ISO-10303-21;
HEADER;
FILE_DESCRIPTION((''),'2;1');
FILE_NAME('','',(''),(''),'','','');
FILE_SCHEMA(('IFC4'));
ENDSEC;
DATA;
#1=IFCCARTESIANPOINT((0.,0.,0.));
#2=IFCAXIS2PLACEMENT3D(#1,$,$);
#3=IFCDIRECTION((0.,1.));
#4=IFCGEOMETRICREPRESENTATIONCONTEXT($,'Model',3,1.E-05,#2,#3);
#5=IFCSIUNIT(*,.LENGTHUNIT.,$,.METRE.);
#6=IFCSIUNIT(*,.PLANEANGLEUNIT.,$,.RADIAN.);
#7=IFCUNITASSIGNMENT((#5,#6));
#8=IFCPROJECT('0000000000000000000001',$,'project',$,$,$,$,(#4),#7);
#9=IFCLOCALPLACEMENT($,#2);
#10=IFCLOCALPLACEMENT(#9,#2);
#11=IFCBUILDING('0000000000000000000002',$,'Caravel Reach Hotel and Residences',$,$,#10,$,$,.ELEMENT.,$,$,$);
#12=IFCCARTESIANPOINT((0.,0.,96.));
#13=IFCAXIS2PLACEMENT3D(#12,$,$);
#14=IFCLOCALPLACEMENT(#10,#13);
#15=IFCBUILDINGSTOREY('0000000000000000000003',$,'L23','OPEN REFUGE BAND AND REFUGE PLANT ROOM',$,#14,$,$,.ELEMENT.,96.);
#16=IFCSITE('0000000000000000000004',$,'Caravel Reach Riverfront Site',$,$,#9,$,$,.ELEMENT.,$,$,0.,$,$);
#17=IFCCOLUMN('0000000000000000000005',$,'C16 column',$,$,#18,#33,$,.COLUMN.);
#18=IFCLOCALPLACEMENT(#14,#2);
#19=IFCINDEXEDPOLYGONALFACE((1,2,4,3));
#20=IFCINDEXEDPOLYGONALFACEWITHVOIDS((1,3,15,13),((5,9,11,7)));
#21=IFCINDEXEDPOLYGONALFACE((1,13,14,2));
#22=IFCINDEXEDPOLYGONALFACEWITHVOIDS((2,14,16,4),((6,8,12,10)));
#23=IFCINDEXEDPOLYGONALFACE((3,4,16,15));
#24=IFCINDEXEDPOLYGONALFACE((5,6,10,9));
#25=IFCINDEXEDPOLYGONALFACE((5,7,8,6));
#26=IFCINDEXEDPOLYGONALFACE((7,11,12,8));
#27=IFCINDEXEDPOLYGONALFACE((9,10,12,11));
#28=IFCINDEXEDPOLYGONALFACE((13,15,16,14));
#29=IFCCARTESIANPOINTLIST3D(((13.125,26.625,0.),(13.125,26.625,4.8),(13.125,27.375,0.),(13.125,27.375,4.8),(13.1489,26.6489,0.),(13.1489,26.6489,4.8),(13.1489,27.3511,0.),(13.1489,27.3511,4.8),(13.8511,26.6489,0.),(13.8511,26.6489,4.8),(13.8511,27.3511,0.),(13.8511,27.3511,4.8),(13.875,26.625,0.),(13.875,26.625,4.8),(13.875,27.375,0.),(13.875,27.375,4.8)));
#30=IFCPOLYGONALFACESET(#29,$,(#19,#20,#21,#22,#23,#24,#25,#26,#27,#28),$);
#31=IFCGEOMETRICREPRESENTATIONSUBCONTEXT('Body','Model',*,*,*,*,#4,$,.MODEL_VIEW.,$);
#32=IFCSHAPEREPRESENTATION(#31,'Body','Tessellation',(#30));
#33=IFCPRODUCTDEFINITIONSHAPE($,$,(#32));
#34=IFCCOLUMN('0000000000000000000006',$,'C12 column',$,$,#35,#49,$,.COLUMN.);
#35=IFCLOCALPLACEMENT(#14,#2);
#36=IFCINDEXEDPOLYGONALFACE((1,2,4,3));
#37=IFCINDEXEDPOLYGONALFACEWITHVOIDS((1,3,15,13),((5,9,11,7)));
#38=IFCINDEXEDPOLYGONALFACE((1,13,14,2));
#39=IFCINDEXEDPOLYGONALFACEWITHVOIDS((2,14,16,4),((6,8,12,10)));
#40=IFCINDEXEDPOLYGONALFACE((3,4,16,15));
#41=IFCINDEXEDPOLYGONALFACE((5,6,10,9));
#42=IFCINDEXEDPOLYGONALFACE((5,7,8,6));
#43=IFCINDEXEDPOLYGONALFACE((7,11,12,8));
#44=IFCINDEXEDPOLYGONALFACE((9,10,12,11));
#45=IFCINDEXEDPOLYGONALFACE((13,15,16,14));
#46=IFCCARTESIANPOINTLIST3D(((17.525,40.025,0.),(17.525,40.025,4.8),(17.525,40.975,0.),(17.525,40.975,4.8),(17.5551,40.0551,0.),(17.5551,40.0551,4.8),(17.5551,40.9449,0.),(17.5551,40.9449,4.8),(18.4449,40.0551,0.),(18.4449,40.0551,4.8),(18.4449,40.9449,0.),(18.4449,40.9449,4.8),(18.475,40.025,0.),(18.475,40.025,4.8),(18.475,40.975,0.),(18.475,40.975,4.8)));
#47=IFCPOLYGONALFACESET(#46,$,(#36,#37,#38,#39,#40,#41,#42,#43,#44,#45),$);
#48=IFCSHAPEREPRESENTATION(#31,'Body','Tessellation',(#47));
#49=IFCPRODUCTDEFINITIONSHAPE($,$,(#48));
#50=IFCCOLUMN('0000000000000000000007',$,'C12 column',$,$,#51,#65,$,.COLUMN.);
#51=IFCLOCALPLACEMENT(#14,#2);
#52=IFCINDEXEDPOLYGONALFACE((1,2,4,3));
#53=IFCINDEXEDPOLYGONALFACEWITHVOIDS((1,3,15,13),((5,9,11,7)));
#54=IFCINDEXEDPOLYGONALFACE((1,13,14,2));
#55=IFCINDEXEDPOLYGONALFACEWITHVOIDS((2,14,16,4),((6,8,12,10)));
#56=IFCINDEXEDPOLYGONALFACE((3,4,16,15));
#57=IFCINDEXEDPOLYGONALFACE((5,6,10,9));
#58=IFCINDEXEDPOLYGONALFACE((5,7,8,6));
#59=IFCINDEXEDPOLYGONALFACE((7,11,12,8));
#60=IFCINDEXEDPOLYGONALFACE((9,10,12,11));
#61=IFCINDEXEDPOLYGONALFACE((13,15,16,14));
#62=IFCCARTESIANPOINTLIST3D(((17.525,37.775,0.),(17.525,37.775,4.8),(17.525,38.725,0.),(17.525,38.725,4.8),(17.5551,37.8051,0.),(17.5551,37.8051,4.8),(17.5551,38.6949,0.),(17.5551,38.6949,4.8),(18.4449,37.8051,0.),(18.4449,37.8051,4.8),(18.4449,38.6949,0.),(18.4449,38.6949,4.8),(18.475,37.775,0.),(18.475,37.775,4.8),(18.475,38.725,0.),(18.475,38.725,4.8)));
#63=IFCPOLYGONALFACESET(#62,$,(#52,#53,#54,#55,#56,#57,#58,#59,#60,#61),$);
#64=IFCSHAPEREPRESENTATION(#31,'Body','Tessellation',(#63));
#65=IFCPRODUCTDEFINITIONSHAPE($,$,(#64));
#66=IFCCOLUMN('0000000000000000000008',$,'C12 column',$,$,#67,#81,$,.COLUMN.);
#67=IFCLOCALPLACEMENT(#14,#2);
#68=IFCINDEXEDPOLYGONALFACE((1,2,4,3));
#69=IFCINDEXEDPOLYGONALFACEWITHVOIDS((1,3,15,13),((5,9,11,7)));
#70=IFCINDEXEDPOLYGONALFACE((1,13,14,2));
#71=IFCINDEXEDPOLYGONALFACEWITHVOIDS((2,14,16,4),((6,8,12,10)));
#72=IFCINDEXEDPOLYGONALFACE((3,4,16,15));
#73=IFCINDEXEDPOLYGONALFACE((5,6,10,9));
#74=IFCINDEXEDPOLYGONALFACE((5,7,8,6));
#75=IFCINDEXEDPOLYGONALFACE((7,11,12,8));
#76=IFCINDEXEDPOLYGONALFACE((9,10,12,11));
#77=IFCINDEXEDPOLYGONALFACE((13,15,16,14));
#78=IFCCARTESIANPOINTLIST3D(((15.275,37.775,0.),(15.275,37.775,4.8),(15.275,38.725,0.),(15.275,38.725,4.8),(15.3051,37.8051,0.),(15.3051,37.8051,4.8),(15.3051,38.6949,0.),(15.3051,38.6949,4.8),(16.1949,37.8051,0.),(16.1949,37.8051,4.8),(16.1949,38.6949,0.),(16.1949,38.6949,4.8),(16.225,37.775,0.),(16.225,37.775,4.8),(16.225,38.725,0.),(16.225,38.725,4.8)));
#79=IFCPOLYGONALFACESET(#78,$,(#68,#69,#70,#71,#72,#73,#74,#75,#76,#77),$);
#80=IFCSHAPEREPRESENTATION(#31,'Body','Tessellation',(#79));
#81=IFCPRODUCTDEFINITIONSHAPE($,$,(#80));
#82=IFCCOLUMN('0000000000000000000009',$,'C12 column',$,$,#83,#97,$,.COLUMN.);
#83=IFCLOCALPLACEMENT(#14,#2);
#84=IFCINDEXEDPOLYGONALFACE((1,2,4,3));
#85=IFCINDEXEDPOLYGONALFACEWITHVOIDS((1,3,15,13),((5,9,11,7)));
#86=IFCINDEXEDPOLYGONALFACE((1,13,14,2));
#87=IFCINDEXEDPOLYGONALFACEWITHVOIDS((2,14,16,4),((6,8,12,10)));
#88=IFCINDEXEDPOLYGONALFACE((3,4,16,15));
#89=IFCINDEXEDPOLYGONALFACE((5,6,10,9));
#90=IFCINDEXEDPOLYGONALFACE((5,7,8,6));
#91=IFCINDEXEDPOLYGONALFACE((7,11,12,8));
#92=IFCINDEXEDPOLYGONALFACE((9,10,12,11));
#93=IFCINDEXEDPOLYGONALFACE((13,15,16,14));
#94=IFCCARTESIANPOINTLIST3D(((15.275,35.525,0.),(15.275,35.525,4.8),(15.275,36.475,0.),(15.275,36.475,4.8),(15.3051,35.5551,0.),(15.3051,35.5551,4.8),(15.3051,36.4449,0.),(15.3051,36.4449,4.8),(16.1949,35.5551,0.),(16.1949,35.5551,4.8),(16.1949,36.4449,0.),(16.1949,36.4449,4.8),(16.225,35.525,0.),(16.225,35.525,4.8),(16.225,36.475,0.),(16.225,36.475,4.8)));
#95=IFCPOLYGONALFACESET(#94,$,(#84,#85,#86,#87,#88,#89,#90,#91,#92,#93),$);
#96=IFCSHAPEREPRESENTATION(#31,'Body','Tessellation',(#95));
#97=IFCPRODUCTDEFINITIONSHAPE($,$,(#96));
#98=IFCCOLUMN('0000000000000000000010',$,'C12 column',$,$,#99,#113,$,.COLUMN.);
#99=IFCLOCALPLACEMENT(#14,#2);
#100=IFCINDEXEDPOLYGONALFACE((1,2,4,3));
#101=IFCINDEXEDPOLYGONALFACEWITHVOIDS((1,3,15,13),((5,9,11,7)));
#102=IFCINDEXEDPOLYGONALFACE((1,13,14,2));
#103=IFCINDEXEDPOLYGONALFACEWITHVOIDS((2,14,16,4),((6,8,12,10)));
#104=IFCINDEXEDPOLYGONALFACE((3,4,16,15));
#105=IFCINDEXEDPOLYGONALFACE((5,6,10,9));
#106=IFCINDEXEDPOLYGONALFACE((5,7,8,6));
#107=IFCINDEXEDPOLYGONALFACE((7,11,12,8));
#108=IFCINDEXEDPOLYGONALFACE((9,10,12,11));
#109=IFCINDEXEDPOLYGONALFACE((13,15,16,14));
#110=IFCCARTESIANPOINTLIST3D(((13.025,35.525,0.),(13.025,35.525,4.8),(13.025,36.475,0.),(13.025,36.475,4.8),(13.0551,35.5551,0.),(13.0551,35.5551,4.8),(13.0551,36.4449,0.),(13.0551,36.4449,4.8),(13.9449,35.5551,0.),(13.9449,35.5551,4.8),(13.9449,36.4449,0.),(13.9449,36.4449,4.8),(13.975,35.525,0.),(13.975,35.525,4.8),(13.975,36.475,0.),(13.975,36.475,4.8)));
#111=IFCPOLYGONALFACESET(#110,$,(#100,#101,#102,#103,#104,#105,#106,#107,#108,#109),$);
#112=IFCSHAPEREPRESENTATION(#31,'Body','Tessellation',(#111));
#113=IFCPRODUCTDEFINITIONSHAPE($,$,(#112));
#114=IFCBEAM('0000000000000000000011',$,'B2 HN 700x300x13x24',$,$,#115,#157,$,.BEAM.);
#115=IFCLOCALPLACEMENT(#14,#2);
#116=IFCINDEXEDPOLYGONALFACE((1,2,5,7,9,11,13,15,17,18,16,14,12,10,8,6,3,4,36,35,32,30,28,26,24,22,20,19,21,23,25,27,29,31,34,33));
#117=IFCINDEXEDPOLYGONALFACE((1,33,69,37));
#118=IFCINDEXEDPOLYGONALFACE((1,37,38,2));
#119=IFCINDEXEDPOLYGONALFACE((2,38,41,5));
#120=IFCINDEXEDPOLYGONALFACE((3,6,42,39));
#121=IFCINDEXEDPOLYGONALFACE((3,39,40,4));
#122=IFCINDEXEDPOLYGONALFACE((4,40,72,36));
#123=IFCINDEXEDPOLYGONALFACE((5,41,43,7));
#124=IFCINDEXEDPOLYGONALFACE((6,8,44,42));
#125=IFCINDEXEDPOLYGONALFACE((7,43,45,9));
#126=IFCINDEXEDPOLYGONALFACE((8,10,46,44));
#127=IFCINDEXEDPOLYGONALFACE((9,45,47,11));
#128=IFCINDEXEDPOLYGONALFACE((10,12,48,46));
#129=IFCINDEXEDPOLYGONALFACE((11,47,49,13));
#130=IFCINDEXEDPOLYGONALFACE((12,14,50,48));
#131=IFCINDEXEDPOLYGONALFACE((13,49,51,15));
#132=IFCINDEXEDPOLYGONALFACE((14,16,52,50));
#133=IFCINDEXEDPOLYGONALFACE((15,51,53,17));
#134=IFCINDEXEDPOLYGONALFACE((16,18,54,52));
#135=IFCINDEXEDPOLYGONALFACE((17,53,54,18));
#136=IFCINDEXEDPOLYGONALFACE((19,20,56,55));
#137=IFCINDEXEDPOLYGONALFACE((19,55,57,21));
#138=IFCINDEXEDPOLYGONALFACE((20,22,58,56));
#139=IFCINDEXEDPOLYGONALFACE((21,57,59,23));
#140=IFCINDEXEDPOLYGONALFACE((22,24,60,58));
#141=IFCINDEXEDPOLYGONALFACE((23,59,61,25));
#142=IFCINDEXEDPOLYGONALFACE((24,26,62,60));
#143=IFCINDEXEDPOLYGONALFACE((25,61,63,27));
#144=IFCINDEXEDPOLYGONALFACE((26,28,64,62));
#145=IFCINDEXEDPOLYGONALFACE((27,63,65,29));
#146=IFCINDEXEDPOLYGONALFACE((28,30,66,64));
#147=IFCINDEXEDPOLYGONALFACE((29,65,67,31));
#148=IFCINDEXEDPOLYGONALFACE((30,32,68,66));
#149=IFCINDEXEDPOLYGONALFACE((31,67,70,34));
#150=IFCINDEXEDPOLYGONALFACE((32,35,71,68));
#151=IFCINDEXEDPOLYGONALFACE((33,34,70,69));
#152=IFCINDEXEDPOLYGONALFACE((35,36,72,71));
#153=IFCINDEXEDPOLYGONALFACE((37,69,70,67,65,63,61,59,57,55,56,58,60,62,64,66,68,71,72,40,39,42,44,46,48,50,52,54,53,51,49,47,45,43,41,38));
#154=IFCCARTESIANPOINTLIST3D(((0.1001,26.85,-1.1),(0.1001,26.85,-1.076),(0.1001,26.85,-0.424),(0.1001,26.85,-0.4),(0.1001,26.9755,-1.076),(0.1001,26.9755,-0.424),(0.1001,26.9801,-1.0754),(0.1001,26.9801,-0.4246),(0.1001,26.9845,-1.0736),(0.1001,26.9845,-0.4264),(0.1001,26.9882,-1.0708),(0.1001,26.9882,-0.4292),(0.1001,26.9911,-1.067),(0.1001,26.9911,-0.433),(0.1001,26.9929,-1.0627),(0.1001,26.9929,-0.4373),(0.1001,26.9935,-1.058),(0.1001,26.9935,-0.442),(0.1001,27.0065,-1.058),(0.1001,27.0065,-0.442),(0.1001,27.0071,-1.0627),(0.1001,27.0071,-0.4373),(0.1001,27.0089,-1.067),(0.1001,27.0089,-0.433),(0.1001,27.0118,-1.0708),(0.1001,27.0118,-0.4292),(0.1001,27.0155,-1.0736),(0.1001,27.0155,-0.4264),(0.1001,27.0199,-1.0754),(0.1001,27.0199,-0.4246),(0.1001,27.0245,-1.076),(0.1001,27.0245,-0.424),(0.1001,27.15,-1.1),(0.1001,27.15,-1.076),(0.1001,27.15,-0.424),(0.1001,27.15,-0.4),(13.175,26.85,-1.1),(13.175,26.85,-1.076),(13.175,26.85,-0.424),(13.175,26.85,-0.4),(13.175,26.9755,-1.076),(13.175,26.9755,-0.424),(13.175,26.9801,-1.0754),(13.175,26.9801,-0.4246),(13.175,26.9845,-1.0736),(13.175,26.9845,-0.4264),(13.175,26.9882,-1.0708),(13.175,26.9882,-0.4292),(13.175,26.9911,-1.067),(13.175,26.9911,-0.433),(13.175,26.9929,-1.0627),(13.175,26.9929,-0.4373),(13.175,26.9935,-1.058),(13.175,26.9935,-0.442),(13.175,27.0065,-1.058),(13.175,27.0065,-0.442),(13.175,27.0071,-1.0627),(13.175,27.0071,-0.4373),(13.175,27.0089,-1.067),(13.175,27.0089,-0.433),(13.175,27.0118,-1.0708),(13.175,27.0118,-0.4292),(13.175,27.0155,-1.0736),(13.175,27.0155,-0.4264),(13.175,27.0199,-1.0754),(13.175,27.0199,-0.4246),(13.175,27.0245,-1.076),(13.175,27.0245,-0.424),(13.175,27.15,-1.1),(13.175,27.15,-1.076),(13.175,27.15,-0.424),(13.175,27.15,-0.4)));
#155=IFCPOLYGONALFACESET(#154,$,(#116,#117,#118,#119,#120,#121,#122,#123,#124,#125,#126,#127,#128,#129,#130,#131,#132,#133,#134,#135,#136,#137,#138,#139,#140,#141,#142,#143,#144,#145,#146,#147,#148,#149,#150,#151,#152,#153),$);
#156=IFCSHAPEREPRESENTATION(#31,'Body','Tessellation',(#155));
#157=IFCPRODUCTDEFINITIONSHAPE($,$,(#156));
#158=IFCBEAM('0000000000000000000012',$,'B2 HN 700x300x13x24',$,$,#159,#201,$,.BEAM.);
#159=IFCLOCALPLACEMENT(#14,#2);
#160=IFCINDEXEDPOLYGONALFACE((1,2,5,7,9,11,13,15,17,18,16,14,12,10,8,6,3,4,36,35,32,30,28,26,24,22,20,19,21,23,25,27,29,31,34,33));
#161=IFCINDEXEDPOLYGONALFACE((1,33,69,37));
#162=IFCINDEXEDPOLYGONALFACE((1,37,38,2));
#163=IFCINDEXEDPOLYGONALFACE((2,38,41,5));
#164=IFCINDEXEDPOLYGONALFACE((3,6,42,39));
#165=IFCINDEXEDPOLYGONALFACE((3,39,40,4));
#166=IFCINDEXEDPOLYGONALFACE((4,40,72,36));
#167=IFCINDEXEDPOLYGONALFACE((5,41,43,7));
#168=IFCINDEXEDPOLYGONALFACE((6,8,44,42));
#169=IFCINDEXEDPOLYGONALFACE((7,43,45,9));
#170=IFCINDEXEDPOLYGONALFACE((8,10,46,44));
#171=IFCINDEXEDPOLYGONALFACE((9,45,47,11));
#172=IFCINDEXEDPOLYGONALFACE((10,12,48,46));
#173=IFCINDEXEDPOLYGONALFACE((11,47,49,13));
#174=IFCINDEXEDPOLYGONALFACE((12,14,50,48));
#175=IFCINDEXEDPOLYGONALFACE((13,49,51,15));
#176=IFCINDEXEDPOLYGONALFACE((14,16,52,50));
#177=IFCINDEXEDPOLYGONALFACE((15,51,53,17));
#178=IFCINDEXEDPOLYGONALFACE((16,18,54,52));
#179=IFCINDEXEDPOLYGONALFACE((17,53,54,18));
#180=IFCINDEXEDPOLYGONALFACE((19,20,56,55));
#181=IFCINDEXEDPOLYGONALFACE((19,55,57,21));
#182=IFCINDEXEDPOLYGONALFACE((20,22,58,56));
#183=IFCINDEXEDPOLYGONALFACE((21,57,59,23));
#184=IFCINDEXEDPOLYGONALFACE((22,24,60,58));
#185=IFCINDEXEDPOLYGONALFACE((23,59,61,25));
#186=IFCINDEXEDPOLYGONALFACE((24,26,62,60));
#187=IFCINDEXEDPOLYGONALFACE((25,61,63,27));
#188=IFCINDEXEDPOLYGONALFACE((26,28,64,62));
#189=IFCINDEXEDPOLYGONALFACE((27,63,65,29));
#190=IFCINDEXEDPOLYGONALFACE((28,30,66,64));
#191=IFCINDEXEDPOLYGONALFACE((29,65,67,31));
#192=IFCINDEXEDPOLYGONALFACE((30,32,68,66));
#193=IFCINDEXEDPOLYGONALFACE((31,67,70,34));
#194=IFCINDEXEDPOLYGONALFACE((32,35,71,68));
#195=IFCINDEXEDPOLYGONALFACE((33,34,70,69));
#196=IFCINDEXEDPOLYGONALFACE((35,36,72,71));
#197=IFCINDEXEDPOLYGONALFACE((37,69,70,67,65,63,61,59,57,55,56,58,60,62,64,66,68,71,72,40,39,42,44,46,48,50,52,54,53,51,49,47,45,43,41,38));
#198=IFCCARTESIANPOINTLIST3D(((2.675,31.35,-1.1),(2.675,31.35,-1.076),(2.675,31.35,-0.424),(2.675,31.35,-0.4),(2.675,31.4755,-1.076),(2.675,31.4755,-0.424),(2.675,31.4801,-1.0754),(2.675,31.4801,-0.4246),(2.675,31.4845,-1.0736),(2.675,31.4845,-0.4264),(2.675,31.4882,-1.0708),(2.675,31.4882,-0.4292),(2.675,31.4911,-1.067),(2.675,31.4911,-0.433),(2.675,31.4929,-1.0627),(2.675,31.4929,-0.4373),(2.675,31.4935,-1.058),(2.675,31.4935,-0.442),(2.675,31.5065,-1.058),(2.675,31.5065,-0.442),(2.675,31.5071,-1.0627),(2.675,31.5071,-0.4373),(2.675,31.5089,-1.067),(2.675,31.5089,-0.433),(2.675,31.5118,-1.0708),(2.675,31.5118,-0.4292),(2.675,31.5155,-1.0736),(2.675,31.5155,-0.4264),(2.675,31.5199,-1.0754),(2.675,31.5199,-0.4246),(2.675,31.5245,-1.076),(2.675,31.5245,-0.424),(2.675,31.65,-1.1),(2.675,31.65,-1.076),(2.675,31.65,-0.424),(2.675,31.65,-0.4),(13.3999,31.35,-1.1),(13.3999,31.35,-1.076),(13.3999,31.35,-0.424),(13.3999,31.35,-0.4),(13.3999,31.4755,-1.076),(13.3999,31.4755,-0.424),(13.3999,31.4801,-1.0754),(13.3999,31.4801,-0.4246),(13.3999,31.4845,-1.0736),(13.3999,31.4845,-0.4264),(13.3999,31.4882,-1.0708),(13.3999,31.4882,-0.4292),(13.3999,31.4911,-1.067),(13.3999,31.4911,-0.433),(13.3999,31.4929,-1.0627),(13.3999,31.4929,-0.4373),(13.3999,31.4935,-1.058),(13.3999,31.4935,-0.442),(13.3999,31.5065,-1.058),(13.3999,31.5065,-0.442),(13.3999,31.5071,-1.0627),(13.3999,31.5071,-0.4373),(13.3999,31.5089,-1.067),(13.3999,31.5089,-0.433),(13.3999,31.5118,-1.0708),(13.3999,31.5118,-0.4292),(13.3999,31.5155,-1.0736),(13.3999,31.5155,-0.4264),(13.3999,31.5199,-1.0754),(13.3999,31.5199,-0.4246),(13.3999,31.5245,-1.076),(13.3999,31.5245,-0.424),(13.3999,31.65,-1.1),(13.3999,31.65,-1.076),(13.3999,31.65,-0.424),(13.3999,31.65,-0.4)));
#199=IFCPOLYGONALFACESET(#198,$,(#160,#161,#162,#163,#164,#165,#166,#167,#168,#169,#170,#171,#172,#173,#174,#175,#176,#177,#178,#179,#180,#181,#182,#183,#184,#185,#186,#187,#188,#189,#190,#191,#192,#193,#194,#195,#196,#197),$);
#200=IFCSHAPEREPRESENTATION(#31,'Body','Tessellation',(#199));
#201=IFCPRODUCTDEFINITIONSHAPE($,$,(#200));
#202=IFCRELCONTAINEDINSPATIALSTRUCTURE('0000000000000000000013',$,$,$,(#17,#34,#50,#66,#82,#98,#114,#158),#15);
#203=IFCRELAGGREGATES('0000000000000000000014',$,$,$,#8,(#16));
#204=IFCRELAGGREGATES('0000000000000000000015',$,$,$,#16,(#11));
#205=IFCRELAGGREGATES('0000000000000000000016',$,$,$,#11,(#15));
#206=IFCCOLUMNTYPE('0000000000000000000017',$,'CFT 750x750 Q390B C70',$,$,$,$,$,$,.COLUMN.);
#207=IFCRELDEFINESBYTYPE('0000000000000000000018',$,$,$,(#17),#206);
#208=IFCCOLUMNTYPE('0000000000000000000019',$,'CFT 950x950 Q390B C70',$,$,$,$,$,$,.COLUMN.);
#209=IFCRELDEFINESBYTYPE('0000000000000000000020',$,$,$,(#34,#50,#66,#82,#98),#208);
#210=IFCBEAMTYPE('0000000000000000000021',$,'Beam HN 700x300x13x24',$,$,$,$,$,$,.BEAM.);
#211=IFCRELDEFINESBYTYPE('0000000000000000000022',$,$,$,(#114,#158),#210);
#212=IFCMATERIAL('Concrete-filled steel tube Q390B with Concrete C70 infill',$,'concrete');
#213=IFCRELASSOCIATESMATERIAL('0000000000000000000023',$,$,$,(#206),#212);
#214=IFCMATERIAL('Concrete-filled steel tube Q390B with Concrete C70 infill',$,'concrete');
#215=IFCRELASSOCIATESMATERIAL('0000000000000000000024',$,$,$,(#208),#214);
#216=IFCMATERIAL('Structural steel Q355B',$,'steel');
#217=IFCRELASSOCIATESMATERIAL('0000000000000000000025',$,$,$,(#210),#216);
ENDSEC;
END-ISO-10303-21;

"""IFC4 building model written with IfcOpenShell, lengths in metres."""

from ifc_helpers import new_model, si_unit, direction, frame, origin, origin_2d, place, context, subcontext, project, spatial, hollow_rectangle, i_section, extrude, material, material_profile, profile_set, type_object, element, save


model = new_model("IFC4")

# Units and contexts
model_context = context("Model", 3, precision=1e-05, world=origin(), true_north=direction((0.0, 1.0)))
body_context = subcontext(model_context, "Body", "Model", "MODEL_VIEW")
ifc_project = project(units=[si_unit("LENGTHUNIT", "METRE"), si_unit("PLANEANGLEUNIT", "RADIAN")], contexts=[model_context])

# Site, building, storey
site_placement = place(None, origin())
site = spatial("IfcSite", under=ifc_project, at=site_placement, Name="Caravel Reach Riverfront Site", CompositionType="ELEMENT", RefElevation=0.0)
building_placement = place(site_placement, origin())
building = spatial("IfcBuilding", under=site, at=building_placement, Name="Caravel Reach Hotel and Residences", CompositionType="ELEMENT")
storey_placement = place(building_placement, frame((0.0, 0.0, 96.0)))
storey = spatial("IfcBuildingStorey", under=building, at=storey_placement, Name="L23", Description="OPEN REFUGE BAND AND REFUGE PLANT ROOM", CompositionType="ELEMENT", Elevation=96.0)

# Columns
ifc_material_1 = material(Name="Concrete-filled steel tube Q390B with Concrete C70 infill", Category="concrete")
ifc_material_profile_1 = material_profile(ifc_material_1, hollow_rectangle(XDim=0.75, YDim=0.75, WallThickness=0.0239, at=origin_2d()), Name="RHS 750x750x24")
ifc_profile_set_1 = profile_set([ifc_material_profile_1], Name="Concrete-filled steel tube Q390B with Concrete C70 infill")
column_type_1 = type_object("IfcColumnType", Name="CFT 750x750 Q390B C70", PredefinedType="COLUMN", material=ifc_profile_set_1)
column_placement = place(storey_placement, frame((13.5, 27.0, 0.0), z_axis=(0.0, 0.0, 1.0), x_axis=(1.0, 0.0, 0.0)))
element("IfcColumn", 1, at=column_placement, inside=storey, type_object=column_type_1, Name="C16 column", PredefinedType="COLUMN", context=body_context, shape_type="SweptSolid", body=[
    extrude(hollow_rectangle(XDim=0.75, YDim=0.75, WallThickness=0.0239, at=origin_2d()), origin(), (0.0, 0.0, 1.0), 4.8),
])
ifc_material_2 = material(Name="Concrete-filled steel tube Q390B with Concrete C70 infill", Category="concrete")
ifc_material_profile_2 = material_profile(ifc_material_2, hollow_rectangle(XDim=0.95, YDim=0.95, WallThickness=0.03, at=origin_2d()), Name="RHS 950x950x30")
ifc_profile_set_2 = profile_set([ifc_material_profile_2], Name="Concrete-filled steel tube Q390B with Concrete C70 infill")
column_type_2 = type_object("IfcColumnType", Name="CFT 950x950 Q390B C70", PredefinedType="COLUMN", material=ifc_profile_set_2)
for number, where, z_axis, x_axis, name in (
    (2, (18.0, 40.5, 0.0), (0.0, 0.0, 1.0), (1.0, 0.0, 0.0), "C12 column"),
    (3, (18.0, 38.25, 0.0), (0.0, 0.0, 1.0), (1.0, 0.0, 0.0), "C12 column"),
    (4, (15.75, 38.25, 0.0), (0.0, 0.0, 1.0), (1.0, 0.0, 0.0), "C12 column"),
    (5, (15.75, 36.0, 0.0), (0.0, 0.0, 1.0), (1.0, 0.0, 0.0), "C12 column"),
    (6, (13.5, 36.0, 0.0), (0.0, 0.0, 1.0), (1.0, 0.0, 0.0), "C12 column"),
):
    element("IfcColumn", number, at=place(storey_placement, frame(where, z_axis=z_axis, x_axis=x_axis)), inside=storey, type_object=column_type_2, Name=name, PredefinedType="COLUMN", context=body_context, shape_type="SweptSolid", body=[
        extrude(hollow_rectangle(XDim=0.95, YDim=0.95, WallThickness=0.03, at=origin_2d()), origin(), (0.0, 0.0, 1.0), 4.8),
    ])

# Beams
ifc_material_3 = material(Name="Structural steel Q355B", Category="steel")
ifc_material_profile_3 = material_profile(ifc_material_3, i_section(OverallWidth=0.3, OverallDepth=0.7, WebThickness=0.0129, FlangeThickness=0.0239, FilletRadius=0.0181, at=origin_2d()), Name="HN 700x300x13x24")
ifc_profile_set_3 = profile_set([ifc_material_profile_3], Name="Structural steel Q355B")
beam_type_1 = type_object("IfcBeamType", Name="Beam HN 700x300x13x24", PredefinedType="BEAM", material=ifc_profile_set_3)
beam_1_placement = place(storey_placement, frame((13.175, 27.0, -0.75), z_axis=(-1.0, 0.0, 0.0), x_axis=(0.0, -1.0, 0.0)))
element("IfcBeam", 7, at=beam_1_placement, inside=storey, type_object=beam_type_1, Name="B2 HN 700x300x13x24", PredefinedType="BEAM", context=body_context, shape_type="SweptSolid", body=[
    extrude(i_section(OverallWidth=0.3, OverallDepth=0.7, WebThickness=0.0129, FlangeThickness=0.0239, FilletRadius=0.0181, at=origin_2d()), origin(), (0.0, 0.0, 1.0), 13.075),
])
beam_2_placement = place(storey_placement, frame((13.3999, 31.5, -0.75), z_axis=(-1.0, 0.0, 0.0), x_axis=(0.0, -1.0, 0.0)))
element("IfcBeam", 8, at=beam_2_placement, inside=storey, type_object=beam_type_1, Name="B2 HN 700x300x13x24", PredefinedType="BEAM", context=body_context, shape_type="SweptSolid", body=[
    extrude(i_section(OverallWidth=0.3, OverallDepth=0.7, WebThickness=0.0129, FlangeThickness=0.0239, FilletRadius=0.0181, at=origin_2d()), origin(), (0.0, 0.0, 1.0), 10.7249),
])

save(model, "model.ifc")
